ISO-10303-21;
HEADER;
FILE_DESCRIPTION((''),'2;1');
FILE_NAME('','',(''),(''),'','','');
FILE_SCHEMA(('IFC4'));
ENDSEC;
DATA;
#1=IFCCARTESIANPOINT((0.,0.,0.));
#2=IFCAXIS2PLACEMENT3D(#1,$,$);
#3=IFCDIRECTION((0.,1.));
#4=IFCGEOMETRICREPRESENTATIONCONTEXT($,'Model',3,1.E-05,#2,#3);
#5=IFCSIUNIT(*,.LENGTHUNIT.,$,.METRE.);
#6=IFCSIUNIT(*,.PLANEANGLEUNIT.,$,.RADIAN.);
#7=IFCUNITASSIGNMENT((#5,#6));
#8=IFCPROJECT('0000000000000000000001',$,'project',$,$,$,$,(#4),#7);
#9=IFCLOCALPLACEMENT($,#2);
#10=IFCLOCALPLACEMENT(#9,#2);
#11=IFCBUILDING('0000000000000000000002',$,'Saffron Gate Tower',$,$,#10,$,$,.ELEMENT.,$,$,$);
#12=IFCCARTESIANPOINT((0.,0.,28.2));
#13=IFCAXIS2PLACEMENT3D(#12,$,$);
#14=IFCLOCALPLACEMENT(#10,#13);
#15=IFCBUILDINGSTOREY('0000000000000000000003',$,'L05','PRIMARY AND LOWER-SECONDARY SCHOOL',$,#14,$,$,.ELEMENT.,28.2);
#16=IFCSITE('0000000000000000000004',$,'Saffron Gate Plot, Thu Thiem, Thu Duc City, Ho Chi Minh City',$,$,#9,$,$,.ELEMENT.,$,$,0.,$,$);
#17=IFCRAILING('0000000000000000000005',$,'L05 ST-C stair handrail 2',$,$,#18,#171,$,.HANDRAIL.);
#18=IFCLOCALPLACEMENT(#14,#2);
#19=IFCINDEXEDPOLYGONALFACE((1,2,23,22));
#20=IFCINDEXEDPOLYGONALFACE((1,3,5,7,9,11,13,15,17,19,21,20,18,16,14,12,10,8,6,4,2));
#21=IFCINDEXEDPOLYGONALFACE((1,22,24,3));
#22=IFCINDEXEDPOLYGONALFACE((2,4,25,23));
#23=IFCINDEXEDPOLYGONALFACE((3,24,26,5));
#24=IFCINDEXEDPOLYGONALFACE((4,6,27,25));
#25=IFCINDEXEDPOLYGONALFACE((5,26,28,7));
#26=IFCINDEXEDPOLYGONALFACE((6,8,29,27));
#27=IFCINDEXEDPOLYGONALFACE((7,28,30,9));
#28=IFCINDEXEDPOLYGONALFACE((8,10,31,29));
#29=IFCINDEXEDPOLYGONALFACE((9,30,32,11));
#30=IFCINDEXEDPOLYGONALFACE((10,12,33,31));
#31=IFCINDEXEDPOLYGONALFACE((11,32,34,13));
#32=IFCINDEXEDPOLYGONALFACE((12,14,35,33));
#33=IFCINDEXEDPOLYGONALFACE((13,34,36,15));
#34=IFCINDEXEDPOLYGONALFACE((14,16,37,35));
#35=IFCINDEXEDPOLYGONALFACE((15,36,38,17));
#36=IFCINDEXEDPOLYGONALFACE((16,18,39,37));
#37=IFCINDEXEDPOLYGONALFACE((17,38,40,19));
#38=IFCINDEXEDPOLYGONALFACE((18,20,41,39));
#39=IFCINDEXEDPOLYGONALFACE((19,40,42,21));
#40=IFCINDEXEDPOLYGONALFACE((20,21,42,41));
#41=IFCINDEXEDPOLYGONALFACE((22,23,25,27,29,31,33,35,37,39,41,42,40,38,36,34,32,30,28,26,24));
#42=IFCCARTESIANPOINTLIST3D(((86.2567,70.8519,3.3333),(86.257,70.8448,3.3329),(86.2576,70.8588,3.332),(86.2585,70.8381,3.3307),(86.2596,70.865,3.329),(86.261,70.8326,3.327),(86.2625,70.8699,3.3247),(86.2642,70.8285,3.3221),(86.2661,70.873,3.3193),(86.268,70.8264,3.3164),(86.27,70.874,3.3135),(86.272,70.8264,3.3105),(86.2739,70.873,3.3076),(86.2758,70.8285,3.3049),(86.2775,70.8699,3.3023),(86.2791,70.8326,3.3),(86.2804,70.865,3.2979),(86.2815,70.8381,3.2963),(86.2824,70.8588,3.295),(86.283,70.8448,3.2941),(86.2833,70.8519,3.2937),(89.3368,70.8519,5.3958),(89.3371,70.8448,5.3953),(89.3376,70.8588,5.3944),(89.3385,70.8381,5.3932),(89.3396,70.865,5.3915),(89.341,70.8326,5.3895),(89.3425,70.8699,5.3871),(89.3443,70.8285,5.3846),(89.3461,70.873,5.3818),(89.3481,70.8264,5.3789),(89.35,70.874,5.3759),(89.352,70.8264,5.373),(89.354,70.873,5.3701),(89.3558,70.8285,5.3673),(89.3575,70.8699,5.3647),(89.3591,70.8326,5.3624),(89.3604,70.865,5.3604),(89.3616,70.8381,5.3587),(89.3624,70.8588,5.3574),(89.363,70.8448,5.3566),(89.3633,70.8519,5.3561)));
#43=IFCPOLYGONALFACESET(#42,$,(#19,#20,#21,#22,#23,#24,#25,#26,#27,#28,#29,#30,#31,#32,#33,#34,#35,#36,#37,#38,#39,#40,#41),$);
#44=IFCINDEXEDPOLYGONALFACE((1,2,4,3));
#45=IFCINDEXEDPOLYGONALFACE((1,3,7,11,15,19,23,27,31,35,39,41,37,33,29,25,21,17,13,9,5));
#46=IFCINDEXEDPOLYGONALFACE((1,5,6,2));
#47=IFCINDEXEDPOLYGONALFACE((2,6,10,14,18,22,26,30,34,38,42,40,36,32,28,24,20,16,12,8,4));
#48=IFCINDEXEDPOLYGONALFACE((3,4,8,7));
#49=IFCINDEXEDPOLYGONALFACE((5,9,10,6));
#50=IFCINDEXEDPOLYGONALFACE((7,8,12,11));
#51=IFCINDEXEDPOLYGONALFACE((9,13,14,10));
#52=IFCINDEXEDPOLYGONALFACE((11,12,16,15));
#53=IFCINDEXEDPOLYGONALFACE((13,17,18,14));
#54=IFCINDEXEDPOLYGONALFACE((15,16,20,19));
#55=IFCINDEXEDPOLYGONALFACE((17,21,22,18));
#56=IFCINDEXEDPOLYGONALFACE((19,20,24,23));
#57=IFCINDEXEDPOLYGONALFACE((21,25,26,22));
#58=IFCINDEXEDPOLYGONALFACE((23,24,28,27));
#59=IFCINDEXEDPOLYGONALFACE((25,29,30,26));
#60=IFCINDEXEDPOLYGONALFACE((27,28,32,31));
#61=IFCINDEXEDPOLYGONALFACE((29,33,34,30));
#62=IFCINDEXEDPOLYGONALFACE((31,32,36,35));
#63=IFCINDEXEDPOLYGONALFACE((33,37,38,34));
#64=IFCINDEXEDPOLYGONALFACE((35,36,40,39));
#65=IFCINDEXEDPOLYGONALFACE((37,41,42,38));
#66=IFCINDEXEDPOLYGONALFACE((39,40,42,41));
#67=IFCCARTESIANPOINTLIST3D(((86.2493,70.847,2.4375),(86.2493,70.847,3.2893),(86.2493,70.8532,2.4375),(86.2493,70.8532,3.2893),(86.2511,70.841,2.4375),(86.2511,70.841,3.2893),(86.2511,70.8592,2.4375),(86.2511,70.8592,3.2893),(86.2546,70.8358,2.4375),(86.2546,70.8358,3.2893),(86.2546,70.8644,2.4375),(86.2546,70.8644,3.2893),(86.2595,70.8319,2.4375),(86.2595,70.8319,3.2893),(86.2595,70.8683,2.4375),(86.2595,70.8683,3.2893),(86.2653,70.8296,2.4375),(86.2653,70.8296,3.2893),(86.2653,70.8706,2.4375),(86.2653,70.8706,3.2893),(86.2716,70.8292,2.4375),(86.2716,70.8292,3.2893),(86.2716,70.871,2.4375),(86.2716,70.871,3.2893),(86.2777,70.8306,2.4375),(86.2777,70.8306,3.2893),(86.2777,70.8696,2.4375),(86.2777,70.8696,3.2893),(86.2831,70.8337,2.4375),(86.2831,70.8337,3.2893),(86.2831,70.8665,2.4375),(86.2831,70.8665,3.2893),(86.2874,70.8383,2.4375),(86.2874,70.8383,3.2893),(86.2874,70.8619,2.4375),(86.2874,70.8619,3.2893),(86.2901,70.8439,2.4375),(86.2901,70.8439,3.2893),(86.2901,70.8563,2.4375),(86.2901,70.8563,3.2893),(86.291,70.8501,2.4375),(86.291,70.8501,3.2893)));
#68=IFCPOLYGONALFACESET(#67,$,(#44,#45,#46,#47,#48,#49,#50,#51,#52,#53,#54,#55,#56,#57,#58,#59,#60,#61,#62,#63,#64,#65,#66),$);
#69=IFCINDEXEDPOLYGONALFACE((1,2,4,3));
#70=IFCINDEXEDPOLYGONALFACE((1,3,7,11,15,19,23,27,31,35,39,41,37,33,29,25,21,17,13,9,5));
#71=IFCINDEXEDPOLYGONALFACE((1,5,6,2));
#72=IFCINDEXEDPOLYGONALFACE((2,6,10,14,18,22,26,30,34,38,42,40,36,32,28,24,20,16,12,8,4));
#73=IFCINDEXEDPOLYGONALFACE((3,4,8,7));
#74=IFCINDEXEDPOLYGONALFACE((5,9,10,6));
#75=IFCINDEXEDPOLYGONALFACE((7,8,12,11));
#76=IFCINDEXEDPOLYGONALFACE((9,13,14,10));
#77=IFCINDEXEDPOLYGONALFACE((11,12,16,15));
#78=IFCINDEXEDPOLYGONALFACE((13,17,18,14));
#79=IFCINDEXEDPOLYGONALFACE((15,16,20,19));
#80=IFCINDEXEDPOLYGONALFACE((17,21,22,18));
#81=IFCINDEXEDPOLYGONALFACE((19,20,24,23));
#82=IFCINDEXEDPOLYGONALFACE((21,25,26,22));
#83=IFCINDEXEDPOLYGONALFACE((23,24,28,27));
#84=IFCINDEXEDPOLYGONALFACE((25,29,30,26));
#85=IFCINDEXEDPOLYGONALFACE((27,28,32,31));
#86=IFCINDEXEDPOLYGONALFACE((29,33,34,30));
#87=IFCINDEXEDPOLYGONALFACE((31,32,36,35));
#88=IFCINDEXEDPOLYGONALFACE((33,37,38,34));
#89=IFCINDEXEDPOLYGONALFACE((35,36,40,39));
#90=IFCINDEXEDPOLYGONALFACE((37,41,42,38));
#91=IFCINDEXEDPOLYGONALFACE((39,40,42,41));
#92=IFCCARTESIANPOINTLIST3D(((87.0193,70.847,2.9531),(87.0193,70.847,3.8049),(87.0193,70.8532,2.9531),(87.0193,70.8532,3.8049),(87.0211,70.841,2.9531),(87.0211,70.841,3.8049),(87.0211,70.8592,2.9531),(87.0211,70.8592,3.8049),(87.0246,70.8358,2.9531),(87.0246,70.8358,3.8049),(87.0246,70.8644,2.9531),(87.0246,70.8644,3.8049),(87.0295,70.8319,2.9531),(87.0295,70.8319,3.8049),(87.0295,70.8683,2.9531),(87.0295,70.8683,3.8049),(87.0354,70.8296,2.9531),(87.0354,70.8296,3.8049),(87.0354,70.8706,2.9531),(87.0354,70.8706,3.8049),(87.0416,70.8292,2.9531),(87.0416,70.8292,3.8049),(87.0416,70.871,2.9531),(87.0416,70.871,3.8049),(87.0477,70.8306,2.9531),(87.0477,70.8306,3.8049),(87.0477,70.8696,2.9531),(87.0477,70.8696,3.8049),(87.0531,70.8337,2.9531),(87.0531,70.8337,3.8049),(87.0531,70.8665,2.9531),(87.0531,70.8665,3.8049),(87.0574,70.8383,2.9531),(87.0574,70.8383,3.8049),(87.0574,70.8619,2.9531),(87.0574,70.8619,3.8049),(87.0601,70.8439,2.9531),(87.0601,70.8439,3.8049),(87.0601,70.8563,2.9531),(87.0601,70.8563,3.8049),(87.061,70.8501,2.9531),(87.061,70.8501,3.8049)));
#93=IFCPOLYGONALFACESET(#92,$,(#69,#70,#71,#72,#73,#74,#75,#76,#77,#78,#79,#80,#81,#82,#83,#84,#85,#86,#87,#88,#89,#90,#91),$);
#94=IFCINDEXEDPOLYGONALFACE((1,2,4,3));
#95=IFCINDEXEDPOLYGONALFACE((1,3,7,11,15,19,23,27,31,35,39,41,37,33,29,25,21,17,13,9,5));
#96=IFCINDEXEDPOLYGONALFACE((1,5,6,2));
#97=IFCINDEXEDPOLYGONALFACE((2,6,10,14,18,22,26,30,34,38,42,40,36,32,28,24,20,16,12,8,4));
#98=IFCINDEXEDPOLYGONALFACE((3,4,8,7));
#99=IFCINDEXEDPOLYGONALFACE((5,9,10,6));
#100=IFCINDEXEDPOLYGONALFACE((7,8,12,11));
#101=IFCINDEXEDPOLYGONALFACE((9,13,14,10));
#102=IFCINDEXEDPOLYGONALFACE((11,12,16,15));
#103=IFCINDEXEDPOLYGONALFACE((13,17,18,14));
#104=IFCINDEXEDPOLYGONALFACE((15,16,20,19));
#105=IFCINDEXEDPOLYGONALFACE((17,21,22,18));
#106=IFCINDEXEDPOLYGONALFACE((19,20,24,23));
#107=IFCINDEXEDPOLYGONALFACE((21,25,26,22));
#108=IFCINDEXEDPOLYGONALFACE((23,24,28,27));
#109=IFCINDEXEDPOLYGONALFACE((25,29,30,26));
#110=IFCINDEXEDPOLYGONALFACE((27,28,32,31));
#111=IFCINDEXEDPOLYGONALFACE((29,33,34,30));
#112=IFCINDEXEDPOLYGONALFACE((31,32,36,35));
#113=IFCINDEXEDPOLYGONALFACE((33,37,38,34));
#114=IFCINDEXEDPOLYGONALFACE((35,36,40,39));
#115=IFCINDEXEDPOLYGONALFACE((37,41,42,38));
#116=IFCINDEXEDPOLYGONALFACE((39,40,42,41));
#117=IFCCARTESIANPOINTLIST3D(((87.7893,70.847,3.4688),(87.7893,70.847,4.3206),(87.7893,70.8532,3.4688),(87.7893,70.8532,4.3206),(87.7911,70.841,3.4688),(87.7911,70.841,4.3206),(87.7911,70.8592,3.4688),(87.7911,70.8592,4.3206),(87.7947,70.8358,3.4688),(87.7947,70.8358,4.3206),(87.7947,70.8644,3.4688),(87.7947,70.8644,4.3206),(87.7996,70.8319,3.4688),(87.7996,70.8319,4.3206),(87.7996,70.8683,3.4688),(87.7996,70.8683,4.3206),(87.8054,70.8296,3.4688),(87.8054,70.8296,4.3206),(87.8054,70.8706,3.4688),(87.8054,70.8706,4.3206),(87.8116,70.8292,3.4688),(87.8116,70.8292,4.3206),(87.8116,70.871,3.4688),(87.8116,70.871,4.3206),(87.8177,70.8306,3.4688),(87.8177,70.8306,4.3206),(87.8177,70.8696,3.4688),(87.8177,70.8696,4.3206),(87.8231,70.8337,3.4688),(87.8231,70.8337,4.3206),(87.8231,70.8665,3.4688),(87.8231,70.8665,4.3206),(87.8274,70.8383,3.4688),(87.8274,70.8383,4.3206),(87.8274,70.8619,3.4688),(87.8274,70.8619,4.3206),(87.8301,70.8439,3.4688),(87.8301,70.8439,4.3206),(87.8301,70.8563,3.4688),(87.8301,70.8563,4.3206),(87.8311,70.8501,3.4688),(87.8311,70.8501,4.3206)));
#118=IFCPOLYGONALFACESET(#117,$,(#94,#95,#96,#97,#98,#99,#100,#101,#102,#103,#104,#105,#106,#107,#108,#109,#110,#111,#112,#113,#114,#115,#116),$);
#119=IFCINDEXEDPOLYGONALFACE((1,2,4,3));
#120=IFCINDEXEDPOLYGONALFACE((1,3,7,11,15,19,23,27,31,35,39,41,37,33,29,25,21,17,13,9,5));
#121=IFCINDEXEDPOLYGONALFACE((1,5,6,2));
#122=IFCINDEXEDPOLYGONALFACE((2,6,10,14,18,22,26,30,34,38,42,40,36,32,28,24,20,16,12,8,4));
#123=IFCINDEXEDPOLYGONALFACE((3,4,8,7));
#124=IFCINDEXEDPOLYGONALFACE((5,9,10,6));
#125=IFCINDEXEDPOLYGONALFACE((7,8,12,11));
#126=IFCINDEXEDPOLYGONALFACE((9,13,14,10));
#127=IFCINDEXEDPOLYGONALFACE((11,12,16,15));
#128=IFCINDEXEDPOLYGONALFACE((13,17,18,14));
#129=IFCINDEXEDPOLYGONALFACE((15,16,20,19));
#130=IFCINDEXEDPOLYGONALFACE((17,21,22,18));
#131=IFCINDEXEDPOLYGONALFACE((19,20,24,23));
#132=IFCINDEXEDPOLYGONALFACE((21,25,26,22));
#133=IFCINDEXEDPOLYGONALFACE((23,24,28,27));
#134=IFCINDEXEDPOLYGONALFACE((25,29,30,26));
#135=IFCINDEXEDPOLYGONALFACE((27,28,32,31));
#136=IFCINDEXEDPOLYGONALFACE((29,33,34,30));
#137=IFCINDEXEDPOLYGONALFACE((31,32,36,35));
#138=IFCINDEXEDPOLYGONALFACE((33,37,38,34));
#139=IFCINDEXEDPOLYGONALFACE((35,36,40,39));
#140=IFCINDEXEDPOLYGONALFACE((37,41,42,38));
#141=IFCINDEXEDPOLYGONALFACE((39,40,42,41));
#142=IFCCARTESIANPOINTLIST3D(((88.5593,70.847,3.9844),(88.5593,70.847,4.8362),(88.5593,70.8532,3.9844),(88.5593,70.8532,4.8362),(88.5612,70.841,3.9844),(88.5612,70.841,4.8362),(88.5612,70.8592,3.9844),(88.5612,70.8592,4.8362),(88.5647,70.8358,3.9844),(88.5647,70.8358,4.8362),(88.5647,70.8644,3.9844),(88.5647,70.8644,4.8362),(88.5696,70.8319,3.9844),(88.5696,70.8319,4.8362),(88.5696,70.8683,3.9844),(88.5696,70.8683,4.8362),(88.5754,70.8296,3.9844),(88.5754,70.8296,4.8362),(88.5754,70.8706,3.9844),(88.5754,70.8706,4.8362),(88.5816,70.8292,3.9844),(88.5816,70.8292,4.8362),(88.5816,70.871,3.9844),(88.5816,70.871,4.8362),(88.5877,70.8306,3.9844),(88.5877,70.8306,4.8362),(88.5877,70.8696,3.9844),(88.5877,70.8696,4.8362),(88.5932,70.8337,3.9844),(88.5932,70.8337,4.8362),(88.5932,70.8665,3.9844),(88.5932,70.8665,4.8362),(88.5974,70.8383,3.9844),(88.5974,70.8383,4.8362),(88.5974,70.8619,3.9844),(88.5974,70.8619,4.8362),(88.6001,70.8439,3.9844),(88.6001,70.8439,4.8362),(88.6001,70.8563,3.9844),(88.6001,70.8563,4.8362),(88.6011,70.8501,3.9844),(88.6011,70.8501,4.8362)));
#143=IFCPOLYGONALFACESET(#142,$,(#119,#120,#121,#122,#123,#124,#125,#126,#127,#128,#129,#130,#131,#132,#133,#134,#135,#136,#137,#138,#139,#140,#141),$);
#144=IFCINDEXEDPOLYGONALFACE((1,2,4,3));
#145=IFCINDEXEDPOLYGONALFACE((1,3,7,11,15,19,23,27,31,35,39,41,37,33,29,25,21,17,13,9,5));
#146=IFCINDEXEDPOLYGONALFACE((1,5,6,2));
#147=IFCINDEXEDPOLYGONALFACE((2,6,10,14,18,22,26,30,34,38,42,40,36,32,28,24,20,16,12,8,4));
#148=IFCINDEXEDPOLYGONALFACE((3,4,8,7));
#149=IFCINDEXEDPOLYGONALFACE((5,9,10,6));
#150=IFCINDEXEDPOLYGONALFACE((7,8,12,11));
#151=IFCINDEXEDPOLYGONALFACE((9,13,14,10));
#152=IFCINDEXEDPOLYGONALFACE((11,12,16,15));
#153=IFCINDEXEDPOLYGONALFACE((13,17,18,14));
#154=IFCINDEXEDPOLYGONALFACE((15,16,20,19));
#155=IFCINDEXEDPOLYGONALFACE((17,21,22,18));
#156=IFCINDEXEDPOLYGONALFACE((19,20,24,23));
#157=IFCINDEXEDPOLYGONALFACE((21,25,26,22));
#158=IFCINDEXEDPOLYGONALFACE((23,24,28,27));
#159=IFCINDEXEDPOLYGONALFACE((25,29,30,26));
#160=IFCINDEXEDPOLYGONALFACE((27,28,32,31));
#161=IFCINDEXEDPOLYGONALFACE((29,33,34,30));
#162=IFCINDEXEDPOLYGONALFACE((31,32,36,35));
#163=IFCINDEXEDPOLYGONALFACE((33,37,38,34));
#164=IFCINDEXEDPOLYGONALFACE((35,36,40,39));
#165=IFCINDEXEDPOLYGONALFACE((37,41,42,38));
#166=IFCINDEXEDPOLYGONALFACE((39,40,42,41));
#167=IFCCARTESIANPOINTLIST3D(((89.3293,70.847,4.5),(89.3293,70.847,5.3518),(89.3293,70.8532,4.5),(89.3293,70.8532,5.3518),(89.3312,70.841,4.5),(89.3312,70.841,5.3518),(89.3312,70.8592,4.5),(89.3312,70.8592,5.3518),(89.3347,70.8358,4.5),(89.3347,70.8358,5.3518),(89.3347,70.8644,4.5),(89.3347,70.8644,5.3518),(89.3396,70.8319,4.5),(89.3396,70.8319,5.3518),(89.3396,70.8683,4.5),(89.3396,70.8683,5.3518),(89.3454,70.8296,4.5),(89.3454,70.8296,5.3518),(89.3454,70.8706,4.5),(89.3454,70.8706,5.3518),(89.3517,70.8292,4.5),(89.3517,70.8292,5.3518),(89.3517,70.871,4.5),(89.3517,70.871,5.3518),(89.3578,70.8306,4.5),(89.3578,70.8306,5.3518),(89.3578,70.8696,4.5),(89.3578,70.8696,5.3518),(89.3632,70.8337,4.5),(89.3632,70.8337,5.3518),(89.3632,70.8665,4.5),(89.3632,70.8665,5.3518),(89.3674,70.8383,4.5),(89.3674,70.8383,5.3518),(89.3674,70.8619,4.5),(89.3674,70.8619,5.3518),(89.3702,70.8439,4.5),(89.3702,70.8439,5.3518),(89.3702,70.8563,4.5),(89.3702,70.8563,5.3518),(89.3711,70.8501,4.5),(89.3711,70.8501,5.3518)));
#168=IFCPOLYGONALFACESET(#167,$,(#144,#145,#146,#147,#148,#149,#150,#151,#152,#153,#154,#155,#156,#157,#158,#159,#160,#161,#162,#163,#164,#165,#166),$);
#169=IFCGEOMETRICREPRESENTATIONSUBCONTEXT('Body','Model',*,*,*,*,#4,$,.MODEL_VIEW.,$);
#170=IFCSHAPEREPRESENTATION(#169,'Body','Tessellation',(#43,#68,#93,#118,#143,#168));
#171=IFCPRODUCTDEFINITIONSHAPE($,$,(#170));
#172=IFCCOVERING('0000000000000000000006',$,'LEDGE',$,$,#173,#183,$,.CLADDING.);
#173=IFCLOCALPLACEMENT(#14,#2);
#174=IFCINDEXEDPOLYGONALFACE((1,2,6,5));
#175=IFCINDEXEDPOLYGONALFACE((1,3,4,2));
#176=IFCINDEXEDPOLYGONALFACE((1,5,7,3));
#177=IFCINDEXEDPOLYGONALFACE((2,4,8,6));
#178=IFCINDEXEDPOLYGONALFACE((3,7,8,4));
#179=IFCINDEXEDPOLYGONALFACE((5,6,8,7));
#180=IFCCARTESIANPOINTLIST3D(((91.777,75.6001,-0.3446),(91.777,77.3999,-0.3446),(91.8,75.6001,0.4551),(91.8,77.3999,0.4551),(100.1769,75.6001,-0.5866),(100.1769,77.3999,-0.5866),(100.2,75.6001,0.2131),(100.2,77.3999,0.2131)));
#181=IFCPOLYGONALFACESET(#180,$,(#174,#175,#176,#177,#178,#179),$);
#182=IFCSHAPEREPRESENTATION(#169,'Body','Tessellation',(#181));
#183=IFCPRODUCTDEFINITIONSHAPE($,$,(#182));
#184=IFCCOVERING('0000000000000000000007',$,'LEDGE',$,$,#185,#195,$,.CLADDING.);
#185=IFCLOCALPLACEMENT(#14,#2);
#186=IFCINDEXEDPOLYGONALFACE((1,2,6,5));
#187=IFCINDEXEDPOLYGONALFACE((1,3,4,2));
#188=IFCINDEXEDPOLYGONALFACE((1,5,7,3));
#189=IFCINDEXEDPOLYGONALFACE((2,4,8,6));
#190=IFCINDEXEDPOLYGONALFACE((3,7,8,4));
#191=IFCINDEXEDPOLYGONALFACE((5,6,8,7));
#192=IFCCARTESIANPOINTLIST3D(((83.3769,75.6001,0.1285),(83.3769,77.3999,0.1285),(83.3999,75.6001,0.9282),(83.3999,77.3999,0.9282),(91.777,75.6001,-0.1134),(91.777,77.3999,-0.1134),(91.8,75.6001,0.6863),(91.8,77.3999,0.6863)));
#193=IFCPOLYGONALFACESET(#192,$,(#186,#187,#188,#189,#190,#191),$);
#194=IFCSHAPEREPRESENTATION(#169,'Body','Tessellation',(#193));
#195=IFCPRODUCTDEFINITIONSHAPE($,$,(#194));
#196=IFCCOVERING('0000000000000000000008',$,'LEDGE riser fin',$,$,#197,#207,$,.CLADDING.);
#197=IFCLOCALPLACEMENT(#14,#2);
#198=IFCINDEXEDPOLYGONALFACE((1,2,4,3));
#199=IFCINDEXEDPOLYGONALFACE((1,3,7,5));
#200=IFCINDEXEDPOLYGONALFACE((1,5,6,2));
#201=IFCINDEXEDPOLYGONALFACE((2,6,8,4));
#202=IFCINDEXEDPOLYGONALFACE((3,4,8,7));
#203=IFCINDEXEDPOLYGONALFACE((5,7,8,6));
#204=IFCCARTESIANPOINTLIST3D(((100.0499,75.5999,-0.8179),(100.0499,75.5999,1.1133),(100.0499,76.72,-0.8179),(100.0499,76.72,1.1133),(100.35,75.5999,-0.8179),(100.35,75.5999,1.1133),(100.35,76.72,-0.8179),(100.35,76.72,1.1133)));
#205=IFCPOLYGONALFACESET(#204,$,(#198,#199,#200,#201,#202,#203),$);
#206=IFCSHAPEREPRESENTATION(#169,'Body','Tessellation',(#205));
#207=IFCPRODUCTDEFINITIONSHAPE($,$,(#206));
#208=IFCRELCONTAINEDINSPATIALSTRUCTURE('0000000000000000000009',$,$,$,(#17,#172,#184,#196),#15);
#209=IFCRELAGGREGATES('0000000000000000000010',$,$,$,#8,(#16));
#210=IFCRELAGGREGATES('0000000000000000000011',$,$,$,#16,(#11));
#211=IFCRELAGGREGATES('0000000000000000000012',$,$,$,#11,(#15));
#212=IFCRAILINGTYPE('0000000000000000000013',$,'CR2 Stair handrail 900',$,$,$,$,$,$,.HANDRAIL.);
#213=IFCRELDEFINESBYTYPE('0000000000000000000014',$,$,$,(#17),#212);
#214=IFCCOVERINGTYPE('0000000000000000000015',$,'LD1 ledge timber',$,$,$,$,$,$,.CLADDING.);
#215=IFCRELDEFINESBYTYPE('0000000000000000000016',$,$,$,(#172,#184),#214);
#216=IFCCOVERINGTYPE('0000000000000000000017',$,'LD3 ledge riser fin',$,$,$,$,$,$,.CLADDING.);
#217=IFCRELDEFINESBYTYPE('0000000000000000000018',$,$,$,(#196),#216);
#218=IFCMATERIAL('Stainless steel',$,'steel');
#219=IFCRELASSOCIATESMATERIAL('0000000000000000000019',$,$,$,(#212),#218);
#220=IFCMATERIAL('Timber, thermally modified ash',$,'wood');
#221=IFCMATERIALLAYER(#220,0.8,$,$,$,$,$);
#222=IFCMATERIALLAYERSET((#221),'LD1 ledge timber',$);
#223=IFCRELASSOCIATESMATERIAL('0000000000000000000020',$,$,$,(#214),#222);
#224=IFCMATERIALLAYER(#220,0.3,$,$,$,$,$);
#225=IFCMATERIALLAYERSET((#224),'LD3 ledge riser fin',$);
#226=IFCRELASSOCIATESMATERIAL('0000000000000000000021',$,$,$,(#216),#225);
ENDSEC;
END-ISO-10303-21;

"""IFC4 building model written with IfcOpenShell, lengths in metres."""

from ifc_helpers import new_model, si_unit, direction, frame, origin, origin_2d, place, context, subcontext, project, spatial, polyline, rectangle, circle, outline, extrude, material, layer, layer_set, type_object, element, save


model = new_model("IFC4")

# Units and contexts
model_context = context("Model", 3, precision=1e-05, world=origin(), true_north=direction((0.0, 1.0)))
body_context = subcontext(model_context, "Body", "Model", "MODEL_VIEW")
ifc_project = project(units=[si_unit("LENGTHUNIT", "METRE"), si_unit("PLANEANGLEUNIT", "RADIAN")], contexts=[model_context])

# Site, building, storey
site_placement = place(None, origin())
site = spatial("IfcSite", under=ifc_project, at=site_placement, Name="Saffron Gate Plot, Thu Thiem, Thu Duc City, Ho Chi Minh City", CompositionType="ELEMENT", RefElevation=0.0)
building_placement = place(site_placement, origin())
building = spatial("IfcBuilding", under=site, at=building_placement, Name="Saffron Gate Tower", CompositionType="ELEMENT")
storey_placement = place(building_placement, frame((0.0, 0.0, 28.2)))
storey = spatial("IfcBuildingStorey", under=building, at=storey_placement, Name="L05", Description="PRIMARY AND LOWER-SECONDARY SCHOOL", CompositionType="ELEMENT", Elevation=28.2)

# Railing
ifc_material_1 = material(Name="Stainless steel", Category="steel")
railing_type_1 = type_object("IfcRailingType", Name="CR2 Stair handrail 900", PredefinedType="HANDRAIL", material=ifc_material_1)
railing_1_placement = place(storey_placement, frame((86.27, 70.8501, 2.4375)))
element("IfcRailing", 1, at=railing_1_placement, inside=storey, type_object=railing_type_1, Name="L05 ST-C stair handrail 2", PredefinedType="HANDRAIL", context=body_context, shape_type="SweptSolid", body=[
    extrude(circle(Radius=0.0239, at=origin_2d()), frame((0.0, 0.0, 0.876), z_axis=(0.830914, 0.0, 0.556401), x_axis=(0.0, 1.0, 0.0)), (0.0, 0.0, 1.0), 3.7068),
    extrude(circle(Radius=0.021, at=origin_2d()), origin(), (0.0, 0.0, 1.0), 0.8518),
    extrude(circle(Radius=0.021, at=origin_2d()), frame((0.77, 0.0, 0.5156)), (0.0, 0.0, 1.0), 0.8518),
    extrude(circle(Radius=0.021, at=origin_2d()), frame((1.54, 0.0, 1.0312)), (0.0, 0.0, 1.0), 0.8518),
    extrude(circle(Radius=0.021, at=origin_2d()), frame((2.3101, 0.0, 1.5469)), (0.0, 0.0, 1.0), 0.8518),
    extrude(circle(Radius=0.021, at=origin_2d()), frame((3.0801, 0.0, 2.0625)), (0.0, 0.0, 1.0), 0.8518),
])

# Coverings
ifc_material_2 = material(Name="Timber, thermally modified ash", Category="wood")
ifc_layer_1 = layer(ifc_material_2, 0.8)
ifc_layer_set_1 = layer_set([ifc_layer_1], Name="LD1 ledge timber")
covering_type_1 = type_object("IfcCoveringType", Name="LD1 ledge timber", PredefinedType="CLADDING", material=ifc_layer_set_1)
covering_1_placement = place(storey_placement, frame((100.2, 75.6001, 0.2131), z_axis=(0.028791, 0.0, 0.999585), x_axis=(-0.999585, 0.0, 0.028791)))
element("IfcCovering", 2, at=covering_1_placement, inside=storey, type_object=covering_type_1, Name="LEDGE", PredefinedType="CLADDING", context=body_context, shape_type="SweptSolid", body=[
    extrude(outline(polyline([(0.0, 0.0), (8.4034, 0.0), (8.4034, -1.7998), (0.0, -1.7998), (0.0, 0.0)])), origin(), (0.0, 0.0, -1.0), 0.8),
])
covering_2_placement = place(storey_placement, frame((91.8, 75.6001, 0.6863), z_axis=(0.02879, 0.0, 0.999585), x_axis=(-0.999585, 0.0, 0.02879)))
element("IfcCovering", 3, at=covering_2_placement, inside=storey, type_object=covering_type_1, Name="LEDGE", PredefinedType="CLADDING", context=body_context, shape_type="SweptSolid", body=[
    extrude(outline(polyline([(0.0, 0.0), (8.4036, 0.0), (8.4036, -1.7998), (0.0, -1.7998), (0.0, 0.0)])), origin(), (0.0, 0.0, -1.0), 0.8),
])
ifc_layer_2 = layer(ifc_material_2, 0.3)
ifc_layer_set_2 = layer_set([ifc_layer_2], Name="LD3 ledge riser fin")
covering_type_2 = type_object("IfcCoveringType", Name="LD3 ledge riser fin", PredefinedType="CLADDING", material=ifc_layer_set_2)
for number, where, z_axis, x_axis, name in (
    (4, (100.2, 76.1599, -0.8179), (0.0, 0.0, 1.0), (-1.0, 0.0, 0.0), "LEDGE riser fin"),
):
    element("IfcCovering", number, at=place(storey_placement, frame(where, z_axis=z_axis, x_axis=x_axis)), inside=storey, type_object=covering_type_2, Name=name, PredefinedType="CLADDING", context=body_context, shape_type="SweptSolid", body=[
        extrude(rectangle(XDim=0.3, YDim=1.1201, at=origin_2d()), origin(), (0.0, 0.0, 1.0), 1.9312),
    ])

save(model, "model.ifc")
